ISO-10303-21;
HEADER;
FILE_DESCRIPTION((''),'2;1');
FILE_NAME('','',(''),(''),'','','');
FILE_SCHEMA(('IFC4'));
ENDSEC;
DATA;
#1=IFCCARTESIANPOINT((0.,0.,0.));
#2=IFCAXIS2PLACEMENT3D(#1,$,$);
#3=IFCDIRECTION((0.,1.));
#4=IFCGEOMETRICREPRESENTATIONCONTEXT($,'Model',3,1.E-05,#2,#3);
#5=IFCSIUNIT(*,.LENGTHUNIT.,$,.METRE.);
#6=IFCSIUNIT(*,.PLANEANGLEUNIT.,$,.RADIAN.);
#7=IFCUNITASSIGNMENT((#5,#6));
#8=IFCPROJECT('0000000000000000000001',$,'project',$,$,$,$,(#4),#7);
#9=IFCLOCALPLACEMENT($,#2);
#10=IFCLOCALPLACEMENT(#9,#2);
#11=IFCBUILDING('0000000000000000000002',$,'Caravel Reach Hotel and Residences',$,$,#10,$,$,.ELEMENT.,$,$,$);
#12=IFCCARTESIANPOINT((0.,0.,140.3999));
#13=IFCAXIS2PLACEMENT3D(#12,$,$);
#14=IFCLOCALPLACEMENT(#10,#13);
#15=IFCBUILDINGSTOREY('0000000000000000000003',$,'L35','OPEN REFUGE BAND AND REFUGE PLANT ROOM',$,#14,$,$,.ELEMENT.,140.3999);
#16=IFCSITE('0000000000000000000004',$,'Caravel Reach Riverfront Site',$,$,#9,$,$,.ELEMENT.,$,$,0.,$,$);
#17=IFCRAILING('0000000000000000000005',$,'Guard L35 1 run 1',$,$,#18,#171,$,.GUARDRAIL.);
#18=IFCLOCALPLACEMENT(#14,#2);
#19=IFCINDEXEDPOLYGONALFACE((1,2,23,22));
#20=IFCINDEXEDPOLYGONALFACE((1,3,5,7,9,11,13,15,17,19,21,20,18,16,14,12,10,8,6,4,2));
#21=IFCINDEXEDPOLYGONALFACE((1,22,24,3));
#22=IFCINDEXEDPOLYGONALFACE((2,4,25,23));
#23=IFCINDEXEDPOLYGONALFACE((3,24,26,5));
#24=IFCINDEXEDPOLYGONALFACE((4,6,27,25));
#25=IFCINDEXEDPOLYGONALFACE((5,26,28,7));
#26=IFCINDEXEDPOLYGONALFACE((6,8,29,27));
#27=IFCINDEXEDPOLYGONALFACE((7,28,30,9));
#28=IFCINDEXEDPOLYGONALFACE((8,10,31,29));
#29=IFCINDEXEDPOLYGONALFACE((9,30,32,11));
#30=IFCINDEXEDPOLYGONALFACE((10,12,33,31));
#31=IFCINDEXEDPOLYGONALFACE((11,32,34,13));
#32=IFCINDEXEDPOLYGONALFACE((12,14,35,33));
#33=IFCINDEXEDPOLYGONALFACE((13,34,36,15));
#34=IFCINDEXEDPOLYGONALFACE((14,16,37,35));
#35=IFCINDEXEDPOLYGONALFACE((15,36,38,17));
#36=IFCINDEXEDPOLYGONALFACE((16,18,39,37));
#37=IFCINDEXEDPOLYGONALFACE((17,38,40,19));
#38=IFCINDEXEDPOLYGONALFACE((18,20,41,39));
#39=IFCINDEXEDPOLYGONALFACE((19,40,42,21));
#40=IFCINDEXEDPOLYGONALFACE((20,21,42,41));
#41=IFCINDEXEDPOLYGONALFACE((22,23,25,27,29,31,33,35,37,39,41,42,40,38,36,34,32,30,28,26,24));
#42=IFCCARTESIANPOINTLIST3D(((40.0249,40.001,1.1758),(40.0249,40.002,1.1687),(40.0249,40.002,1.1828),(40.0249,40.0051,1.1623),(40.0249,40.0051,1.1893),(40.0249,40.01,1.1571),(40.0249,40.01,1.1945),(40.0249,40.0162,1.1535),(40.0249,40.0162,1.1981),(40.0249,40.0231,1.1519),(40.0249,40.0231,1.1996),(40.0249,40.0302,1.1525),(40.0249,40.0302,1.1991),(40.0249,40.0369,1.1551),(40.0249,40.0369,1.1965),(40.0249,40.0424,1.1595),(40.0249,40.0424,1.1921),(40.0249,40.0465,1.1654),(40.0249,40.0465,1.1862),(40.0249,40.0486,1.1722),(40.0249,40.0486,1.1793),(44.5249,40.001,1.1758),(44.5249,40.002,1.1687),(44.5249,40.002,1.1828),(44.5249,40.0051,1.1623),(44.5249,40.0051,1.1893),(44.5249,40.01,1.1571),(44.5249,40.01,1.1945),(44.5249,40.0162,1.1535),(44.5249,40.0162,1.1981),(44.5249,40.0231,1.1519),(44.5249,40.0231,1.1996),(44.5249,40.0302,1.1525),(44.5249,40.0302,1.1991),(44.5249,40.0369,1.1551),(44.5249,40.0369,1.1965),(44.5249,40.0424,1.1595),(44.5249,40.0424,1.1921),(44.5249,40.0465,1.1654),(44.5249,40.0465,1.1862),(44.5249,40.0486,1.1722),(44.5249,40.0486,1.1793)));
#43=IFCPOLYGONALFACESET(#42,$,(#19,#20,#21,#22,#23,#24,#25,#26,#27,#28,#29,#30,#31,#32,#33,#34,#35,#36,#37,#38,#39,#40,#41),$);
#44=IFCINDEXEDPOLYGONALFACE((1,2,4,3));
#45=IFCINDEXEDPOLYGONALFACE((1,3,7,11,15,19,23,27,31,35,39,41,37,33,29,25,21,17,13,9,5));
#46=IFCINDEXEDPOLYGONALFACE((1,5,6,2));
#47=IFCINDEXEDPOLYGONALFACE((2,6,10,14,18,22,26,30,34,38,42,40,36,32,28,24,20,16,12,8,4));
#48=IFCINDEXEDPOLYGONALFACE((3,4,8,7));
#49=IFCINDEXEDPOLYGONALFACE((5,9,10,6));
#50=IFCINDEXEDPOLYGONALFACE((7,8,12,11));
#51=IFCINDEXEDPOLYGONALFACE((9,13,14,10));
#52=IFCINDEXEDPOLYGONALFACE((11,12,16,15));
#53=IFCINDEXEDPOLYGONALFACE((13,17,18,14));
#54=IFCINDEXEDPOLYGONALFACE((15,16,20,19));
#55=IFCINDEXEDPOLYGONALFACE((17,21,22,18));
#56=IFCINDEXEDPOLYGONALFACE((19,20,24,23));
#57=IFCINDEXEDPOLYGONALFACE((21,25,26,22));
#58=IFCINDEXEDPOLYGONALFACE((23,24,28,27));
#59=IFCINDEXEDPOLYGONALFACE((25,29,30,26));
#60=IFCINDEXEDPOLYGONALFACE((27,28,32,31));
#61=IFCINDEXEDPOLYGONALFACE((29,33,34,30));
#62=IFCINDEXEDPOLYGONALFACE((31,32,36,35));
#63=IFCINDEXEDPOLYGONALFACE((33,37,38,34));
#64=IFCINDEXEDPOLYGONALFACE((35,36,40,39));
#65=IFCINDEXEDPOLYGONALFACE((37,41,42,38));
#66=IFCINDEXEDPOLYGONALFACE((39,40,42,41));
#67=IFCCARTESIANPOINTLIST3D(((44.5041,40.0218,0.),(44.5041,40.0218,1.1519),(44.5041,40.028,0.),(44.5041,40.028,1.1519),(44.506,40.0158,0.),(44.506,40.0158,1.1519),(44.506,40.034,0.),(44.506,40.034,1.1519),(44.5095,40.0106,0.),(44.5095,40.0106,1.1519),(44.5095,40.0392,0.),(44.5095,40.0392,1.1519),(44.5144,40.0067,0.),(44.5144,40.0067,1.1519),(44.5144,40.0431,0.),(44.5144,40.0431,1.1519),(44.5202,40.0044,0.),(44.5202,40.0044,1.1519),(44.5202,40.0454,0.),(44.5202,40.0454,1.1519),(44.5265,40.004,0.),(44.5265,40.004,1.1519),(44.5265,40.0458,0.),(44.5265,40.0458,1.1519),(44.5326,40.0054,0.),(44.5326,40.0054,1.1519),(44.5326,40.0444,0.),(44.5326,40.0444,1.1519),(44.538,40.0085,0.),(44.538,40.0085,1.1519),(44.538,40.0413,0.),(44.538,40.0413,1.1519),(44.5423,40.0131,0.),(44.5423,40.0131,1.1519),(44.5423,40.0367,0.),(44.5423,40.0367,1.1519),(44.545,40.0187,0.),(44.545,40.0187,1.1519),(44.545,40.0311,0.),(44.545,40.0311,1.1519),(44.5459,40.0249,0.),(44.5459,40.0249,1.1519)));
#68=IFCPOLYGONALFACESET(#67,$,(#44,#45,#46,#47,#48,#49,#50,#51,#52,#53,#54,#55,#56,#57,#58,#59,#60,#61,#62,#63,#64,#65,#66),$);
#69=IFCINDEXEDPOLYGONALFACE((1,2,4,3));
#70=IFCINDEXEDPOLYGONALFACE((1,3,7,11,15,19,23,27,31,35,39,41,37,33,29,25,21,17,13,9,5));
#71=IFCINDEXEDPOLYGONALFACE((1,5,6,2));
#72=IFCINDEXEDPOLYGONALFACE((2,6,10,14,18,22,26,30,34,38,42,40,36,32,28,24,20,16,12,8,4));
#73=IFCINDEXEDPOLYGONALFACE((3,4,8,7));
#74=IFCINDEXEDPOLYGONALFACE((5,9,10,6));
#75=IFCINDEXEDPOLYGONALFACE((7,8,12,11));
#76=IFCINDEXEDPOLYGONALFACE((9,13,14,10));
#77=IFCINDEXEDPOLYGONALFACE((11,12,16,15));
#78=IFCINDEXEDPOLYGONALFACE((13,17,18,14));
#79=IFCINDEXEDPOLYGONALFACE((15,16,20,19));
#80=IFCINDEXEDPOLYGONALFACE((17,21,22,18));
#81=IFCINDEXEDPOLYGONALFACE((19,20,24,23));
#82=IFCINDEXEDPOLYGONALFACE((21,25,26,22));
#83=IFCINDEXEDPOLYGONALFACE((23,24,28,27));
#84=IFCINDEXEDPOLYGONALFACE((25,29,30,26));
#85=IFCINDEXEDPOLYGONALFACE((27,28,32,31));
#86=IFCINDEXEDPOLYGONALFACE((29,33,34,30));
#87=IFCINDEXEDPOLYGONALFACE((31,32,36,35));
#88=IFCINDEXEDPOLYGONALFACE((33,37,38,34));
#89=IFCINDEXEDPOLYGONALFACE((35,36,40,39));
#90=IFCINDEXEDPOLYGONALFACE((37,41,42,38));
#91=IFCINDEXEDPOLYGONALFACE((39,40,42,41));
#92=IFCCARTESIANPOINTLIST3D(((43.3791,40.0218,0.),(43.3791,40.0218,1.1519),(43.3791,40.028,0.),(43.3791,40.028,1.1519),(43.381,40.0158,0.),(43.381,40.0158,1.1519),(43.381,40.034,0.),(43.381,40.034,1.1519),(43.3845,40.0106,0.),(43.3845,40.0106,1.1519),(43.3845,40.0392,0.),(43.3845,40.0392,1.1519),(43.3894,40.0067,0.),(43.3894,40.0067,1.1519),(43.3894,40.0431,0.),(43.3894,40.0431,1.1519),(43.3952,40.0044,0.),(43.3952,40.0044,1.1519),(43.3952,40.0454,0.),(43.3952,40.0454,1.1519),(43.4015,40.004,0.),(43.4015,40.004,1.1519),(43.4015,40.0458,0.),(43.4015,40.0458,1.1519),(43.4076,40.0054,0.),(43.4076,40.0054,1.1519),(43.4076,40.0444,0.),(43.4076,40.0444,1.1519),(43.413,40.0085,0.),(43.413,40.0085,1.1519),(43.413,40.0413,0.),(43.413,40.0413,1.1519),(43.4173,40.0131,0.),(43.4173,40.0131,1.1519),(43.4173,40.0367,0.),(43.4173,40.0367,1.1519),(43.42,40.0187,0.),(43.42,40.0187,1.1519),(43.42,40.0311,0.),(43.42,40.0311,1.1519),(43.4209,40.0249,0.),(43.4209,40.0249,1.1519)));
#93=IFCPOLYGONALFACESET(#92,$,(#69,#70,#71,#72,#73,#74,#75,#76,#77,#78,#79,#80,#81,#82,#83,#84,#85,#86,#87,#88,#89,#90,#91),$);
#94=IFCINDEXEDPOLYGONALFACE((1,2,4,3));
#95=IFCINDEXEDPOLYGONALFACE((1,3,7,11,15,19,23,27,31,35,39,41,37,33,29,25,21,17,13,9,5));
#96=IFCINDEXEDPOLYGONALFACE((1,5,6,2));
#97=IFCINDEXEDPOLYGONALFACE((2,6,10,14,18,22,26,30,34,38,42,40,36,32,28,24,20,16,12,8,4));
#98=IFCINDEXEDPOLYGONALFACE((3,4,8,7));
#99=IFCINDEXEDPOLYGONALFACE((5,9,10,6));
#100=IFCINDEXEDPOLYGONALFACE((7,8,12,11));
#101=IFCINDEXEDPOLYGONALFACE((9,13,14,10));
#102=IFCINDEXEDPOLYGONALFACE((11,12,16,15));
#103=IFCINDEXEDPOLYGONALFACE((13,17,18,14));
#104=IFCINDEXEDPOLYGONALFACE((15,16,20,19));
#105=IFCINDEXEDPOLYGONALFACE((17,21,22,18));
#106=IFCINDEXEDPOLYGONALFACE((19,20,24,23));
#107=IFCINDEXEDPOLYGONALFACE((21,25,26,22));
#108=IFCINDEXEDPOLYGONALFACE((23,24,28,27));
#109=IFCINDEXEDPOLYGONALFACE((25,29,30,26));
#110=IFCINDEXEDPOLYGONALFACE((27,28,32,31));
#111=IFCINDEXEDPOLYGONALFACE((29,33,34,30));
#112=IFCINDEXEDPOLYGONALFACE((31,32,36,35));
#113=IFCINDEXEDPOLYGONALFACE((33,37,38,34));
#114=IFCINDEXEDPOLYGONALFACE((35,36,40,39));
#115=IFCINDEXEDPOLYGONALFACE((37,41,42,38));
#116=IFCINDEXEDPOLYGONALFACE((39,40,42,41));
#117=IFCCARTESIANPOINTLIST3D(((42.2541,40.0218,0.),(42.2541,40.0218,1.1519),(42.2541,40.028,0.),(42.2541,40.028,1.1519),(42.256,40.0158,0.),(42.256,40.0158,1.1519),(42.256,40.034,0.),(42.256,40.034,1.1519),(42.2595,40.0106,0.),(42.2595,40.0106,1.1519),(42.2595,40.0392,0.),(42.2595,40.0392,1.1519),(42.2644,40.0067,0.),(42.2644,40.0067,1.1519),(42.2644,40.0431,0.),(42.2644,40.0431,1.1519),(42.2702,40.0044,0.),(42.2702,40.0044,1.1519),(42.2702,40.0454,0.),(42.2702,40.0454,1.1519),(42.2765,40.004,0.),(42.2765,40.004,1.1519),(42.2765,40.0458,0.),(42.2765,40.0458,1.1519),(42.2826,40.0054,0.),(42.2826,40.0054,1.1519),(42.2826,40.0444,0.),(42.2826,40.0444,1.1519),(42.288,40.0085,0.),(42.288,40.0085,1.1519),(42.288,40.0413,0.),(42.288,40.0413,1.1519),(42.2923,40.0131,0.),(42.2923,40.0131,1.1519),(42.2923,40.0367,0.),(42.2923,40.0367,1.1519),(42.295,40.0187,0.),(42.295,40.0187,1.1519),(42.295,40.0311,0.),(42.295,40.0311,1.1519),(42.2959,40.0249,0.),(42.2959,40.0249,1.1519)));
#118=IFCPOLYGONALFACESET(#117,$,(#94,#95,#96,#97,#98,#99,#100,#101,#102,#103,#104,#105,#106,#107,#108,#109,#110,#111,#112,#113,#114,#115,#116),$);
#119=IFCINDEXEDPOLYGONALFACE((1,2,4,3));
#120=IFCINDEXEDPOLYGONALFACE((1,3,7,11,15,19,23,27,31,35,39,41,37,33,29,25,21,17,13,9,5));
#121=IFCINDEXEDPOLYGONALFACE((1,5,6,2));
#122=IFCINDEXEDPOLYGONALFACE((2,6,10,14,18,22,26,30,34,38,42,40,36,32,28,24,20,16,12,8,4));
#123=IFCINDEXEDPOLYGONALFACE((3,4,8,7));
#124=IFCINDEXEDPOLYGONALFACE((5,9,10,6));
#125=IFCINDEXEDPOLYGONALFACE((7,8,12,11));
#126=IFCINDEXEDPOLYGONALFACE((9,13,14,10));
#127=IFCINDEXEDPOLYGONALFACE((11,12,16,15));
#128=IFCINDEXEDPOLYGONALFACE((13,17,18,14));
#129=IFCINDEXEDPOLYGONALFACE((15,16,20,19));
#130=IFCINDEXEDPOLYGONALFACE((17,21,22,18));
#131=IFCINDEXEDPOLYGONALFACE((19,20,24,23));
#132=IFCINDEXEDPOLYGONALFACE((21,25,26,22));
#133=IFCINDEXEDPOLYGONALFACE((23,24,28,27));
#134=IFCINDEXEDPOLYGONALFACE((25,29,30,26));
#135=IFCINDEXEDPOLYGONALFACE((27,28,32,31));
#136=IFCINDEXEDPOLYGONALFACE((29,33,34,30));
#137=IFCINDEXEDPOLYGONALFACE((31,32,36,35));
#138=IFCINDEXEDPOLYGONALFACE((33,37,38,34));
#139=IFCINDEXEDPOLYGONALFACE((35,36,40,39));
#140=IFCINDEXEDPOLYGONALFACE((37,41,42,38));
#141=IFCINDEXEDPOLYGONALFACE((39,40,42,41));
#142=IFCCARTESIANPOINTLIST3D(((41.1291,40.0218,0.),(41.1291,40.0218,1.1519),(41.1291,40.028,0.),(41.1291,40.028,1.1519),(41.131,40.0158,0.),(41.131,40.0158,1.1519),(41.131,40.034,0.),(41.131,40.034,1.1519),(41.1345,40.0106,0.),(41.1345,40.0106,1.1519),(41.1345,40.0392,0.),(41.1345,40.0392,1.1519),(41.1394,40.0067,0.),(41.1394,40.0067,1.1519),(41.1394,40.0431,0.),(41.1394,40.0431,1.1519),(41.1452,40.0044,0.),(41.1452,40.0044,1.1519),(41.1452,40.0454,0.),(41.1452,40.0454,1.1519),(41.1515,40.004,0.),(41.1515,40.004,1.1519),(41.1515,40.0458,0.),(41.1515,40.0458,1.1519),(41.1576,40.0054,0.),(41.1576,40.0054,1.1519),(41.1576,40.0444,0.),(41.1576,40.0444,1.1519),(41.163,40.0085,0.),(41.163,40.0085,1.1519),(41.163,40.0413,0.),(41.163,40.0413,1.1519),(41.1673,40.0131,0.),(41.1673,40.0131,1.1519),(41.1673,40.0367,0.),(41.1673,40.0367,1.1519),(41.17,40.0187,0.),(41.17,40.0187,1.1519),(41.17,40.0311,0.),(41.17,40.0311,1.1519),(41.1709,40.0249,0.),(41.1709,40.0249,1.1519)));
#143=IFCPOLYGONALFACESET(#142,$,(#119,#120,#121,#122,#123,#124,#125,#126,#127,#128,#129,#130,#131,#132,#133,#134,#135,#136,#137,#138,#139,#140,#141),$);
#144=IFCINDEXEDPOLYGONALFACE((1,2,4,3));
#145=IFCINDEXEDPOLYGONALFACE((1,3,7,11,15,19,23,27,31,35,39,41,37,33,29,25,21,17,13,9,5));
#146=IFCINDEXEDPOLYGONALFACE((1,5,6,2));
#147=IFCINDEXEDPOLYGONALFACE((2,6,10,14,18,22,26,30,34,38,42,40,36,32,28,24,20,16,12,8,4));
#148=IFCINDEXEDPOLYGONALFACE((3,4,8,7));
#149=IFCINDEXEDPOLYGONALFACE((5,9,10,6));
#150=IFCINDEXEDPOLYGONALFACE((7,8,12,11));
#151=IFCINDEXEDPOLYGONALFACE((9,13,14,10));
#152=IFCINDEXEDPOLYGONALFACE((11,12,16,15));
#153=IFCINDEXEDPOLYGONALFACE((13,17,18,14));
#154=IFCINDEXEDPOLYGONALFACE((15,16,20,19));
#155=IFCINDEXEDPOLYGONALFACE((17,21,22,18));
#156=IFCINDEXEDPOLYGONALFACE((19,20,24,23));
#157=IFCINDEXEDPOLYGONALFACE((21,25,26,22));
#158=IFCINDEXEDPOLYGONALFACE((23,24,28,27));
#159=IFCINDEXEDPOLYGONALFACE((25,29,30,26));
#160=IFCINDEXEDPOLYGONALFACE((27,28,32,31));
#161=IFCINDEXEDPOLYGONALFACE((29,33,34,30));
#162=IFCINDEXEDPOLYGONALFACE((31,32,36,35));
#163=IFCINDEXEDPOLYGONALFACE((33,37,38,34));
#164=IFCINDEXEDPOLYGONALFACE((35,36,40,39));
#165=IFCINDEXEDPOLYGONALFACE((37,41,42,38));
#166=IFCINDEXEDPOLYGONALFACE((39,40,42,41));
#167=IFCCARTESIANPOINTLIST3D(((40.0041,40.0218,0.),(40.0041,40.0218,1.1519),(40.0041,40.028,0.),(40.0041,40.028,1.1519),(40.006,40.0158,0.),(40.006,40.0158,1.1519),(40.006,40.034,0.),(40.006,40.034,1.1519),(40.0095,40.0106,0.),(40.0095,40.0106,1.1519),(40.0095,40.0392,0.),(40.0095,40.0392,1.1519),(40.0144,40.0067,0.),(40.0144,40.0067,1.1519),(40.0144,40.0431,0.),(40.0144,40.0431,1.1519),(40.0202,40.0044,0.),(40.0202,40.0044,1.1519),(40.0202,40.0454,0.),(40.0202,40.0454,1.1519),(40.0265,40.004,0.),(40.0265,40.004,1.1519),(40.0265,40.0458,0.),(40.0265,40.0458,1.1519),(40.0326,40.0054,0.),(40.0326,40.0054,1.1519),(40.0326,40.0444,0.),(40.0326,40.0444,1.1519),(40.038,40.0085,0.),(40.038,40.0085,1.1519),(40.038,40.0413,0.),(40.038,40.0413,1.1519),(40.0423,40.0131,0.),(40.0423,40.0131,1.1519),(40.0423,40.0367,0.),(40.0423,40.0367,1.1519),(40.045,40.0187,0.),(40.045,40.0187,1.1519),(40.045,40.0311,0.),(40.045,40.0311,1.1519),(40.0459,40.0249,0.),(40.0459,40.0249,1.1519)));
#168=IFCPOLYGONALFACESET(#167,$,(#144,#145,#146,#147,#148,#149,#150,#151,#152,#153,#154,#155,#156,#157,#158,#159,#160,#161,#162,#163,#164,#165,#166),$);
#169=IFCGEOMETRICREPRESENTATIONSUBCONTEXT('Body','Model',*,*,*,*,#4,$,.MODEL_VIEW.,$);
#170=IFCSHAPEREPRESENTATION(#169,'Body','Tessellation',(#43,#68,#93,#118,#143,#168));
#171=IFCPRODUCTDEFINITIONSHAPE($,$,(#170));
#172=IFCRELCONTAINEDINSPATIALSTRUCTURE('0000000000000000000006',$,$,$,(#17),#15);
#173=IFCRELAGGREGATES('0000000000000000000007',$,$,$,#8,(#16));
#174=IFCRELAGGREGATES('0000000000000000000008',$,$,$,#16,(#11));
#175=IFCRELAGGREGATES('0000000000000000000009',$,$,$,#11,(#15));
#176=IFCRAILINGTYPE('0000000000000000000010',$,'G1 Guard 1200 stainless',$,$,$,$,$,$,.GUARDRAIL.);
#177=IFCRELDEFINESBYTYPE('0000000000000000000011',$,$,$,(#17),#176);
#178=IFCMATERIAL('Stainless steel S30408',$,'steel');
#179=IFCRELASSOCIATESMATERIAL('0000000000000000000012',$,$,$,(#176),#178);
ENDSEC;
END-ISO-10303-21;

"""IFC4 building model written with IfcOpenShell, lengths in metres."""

from ifc_helpers import new_model, si_unit, direction, frame, origin, origin_2d, place, context, subcontext, project, spatial, circle, extrude, material, type_object, element, save


model = new_model("IFC4")

# Units and contexts
model_context = context("Model", 3, precision=1e-05, world=origin(), true_north=direction((0.0, 1.0)))
body_context = subcontext(model_context, "Body", "Model", "MODEL_VIEW")
ifc_project = project(units=[si_unit("LENGTHUNIT", "METRE"), si_unit("PLANEANGLEUNIT", "RADIAN")], contexts=[model_context])

# Site, building, storey
site_placement = place(None, origin())
site = spatial("IfcSite", under=ifc_project, at=site_placement, Name="Caravel Reach Riverfront Site", CompositionType="ELEMENT", RefElevation=0.0)
building_placement = place(site_placement, origin())
building = spatial("IfcBuilding", under=site, at=building_placement, Name="Caravel Reach Hotel and Residences", CompositionType="ELEMENT")
storey_placement = place(building_placement, frame((0.0, 0.0, 140.3999)))
storey = spatial("IfcBuildingStorey", under=building, at=storey_placement, Name="L35", Description="OPEN REFUGE BAND AND REFUGE PLANT ROOM", CompositionType="ELEMENT", Elevation=140.3999)

# Railing
ifc_material_1 = material(Name="Stainless steel S30408", Category="steel")
railing_type_1 = type_object("IfcRailingType", Name="G1 Guard 1200 stainless", PredefinedType="GUARDRAIL", material=ifc_material_1)
railing_1_placement = place(storey_placement, frame((44.5249, 40.0249, 0.0)))
element("IfcRailing", 1, at=railing_1_placement, inside=storey, type_object=railing_type_1, Name="Guard L35 1 run 1", PredefinedType="GUARDRAIL", context=body_context, shape_type="SweptSolid", body=[
    extrude(circle(Radius=0.0239, at=origin_2d()), frame((0.0, 0.0, 1.1758), z_axis=(-1.0, 0.0, 0.0), x_axis=(0.0, -1.0, 0.0)), (0.0, 0.0, 1.0), 4.5),
    extrude(circle(Radius=0.021, at=origin_2d()), origin(), (0.0, 0.0, 1.0), 1.1519),
    extrude(circle(Radius=0.021, at=origin_2d()), frame((-1.125, 0.0, 0.0)), (0.0, 0.0, 1.0), 1.1519),
    extrude(circle(Radius=0.021, at=origin_2d()), frame((-2.25, 0.0, 0.0)), (0.0, 0.0, 1.0), 1.1519),
    extrude(circle(Radius=0.021, at=origin_2d()), frame((-3.375, 0.0, 0.0)), (0.0, 0.0, 1.0), 1.1519),
    extrude(circle(Radius=0.021, at=origin_2d()), frame((-4.5, 0.0, 0.0)), (0.0, 0.0, 1.0), 1.1519),
])

save(model, "model.ifc")
